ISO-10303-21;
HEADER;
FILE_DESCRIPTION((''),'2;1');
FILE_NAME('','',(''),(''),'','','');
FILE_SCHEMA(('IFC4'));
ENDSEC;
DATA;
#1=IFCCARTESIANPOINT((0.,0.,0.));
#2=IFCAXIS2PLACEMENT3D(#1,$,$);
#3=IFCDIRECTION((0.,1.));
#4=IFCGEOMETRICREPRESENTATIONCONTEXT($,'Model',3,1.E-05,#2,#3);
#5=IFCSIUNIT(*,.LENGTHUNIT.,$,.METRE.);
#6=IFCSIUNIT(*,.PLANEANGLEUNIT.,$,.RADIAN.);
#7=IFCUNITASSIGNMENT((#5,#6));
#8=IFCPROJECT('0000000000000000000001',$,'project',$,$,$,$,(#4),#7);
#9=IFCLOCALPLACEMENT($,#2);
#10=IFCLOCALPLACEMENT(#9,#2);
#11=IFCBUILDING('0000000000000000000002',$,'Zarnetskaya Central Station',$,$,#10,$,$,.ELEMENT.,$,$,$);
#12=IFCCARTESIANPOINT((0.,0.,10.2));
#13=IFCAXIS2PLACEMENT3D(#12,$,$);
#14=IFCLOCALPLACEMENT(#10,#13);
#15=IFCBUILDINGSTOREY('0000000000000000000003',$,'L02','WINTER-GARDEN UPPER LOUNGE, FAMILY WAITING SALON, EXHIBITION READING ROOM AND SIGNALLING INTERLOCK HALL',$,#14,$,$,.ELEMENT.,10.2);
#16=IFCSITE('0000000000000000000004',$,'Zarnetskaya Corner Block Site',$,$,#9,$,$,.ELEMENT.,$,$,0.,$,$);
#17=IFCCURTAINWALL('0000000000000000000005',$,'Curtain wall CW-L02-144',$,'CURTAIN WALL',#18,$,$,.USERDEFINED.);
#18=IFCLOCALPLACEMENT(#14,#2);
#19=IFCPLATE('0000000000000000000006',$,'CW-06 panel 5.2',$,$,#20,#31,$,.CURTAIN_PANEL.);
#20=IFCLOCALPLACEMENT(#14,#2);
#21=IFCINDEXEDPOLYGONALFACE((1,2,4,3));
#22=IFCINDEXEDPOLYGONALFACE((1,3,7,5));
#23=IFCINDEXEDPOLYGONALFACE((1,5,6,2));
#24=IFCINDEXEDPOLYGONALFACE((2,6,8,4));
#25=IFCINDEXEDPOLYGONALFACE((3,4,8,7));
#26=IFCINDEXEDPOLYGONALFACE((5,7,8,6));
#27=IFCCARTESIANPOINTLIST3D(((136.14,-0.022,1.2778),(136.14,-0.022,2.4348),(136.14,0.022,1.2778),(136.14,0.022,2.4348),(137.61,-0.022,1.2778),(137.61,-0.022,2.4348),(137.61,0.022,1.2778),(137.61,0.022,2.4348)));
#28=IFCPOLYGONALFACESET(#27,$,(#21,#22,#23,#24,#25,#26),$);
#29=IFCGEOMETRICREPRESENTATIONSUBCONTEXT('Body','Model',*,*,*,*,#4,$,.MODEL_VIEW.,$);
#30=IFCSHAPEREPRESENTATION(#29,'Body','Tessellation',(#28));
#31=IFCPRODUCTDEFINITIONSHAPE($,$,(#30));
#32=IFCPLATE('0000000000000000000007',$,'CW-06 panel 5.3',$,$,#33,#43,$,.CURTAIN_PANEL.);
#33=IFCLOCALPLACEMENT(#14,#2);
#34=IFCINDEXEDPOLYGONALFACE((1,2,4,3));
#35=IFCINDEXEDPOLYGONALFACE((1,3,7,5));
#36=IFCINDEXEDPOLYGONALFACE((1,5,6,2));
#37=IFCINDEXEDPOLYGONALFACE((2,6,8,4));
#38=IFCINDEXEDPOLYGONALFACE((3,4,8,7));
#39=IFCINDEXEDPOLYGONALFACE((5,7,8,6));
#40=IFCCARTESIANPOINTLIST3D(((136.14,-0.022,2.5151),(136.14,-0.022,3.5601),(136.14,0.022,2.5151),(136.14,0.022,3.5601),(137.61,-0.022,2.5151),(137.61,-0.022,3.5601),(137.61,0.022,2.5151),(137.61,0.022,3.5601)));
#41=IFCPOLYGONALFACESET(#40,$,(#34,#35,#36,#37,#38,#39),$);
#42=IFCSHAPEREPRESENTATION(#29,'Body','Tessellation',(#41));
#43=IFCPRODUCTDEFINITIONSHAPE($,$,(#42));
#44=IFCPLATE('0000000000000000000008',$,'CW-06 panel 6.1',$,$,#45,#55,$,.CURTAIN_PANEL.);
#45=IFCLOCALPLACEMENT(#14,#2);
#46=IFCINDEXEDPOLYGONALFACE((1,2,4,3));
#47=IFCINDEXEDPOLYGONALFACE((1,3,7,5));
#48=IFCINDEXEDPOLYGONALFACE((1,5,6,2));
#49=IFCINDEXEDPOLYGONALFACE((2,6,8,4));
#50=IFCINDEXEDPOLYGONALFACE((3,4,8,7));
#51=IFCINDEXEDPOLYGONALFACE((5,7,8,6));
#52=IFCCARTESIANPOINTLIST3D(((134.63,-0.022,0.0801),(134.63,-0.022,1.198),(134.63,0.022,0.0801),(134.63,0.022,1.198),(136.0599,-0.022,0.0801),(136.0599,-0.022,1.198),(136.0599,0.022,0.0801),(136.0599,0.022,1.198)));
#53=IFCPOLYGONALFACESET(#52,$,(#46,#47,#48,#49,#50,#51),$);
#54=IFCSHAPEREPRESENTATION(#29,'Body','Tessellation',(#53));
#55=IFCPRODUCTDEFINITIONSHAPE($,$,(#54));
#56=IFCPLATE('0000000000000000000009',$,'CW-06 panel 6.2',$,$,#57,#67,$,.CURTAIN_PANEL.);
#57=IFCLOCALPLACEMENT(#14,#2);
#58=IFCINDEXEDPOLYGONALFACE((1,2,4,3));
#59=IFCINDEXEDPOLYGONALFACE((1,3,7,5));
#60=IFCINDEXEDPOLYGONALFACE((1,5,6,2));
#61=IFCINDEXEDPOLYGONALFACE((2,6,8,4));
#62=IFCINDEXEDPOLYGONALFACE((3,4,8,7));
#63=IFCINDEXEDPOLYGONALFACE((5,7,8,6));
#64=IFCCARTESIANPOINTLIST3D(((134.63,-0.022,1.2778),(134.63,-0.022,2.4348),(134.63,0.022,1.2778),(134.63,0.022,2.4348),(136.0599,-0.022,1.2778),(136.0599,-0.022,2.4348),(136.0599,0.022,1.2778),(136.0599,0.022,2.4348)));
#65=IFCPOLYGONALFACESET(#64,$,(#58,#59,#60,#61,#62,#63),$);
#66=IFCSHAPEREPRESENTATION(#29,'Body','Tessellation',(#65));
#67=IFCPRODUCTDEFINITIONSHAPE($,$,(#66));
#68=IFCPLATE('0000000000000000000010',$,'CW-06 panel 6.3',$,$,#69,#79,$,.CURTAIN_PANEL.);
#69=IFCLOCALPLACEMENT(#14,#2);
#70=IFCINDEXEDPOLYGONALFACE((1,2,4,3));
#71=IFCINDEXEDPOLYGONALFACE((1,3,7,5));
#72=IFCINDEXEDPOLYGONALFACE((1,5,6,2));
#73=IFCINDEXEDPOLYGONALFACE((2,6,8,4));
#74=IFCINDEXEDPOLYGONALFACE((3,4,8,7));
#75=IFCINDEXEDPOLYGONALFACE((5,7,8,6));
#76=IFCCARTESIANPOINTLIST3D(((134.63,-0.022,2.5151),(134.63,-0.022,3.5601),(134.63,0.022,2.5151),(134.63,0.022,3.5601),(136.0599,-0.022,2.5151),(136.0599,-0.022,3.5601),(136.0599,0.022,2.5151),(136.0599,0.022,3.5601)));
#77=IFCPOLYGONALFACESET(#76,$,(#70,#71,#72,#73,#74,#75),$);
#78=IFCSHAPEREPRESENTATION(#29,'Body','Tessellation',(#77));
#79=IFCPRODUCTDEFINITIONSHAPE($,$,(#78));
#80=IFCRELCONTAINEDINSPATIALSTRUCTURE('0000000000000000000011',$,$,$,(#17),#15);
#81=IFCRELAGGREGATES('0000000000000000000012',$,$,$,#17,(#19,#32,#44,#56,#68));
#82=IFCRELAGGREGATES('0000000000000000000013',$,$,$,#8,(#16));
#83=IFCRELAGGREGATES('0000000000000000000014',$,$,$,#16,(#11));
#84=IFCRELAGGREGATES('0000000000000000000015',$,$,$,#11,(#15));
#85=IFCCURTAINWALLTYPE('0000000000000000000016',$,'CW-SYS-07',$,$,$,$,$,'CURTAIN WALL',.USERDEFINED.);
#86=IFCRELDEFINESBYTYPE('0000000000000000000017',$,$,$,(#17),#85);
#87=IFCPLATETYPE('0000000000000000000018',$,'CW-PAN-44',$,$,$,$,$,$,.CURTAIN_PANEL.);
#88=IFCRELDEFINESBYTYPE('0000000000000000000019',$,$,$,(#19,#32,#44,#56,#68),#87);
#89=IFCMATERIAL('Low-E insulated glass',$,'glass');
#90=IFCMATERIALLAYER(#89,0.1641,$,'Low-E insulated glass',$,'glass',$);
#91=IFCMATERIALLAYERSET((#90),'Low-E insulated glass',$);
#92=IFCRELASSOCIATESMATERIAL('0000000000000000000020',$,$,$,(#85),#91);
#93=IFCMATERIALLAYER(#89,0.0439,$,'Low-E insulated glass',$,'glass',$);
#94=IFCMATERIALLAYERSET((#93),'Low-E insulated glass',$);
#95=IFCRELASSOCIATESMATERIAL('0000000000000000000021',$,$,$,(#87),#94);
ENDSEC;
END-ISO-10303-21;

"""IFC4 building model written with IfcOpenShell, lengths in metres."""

from ifc_helpers import new_model, si_unit, direction, frame, origin, origin_2d, place, context, subcontext, project, spatial, rectangle, extrude, material, layer, layer_set, type_object, element, aggregate, save


model = new_model("IFC4")

# Units and contexts
model_context = context("Model", 3, precision=1e-05, world=origin(), true_north=direction((0.0, 1.0)))
body_context = subcontext(model_context, "Body", "Model", "MODEL_VIEW")
ifc_project = project(units=[si_unit("LENGTHUNIT", "METRE"), si_unit("PLANEANGLEUNIT", "RADIAN")], contexts=[model_context])

# Site, building, storey
site_placement = place(None, origin())
site = spatial("IfcSite", under=ifc_project, at=site_placement, Name="Zarnetskaya Corner Block Site", CompositionType="ELEMENT", RefElevation=0.0)
building_placement = place(site_placement, origin())
building = spatial("IfcBuilding", under=site, at=building_placement, Name="Zarnetskaya Central Station", CompositionType="ELEMENT")
storey_placement = place(building_placement, frame((0.0, 0.0, 10.2)))
storey = spatial("IfcBuildingStorey", under=building, at=storey_placement, Name="L02", Description="WINTER-GARDEN UPPER LOUNGE, FAMILY WAITING SALON, EXHIBITION READING ROOM AND SIGNALLING INTERLOCK HALL", CompositionType="ELEMENT", Elevation=10.2)

# Shared definitions
ifc_material_1 = material(Name="Low-E insulated glass", Category="glass")
ifc_layer_1 = layer(ifc_material_1, 0.1641, Name="Low-E insulated glass", Category="glass")
ifc_layer_set_1 = layer_set([ifc_layer_1], Name="Low-E insulated glass")
curtain_wall_type = type_object("IfcCurtainWallType", Name="CW-SYS-07", ElementType="CURTAIN WALL", PredefinedType="USERDEFINED", material=ifc_layer_set_1)

# Curtain wall
curtain_wall_1_placement = place(storey_placement, origin())
curtain_wall_1 = element("IfcCurtainWall", 1, at=curtain_wall_1_placement, inside=storey, type_object=curtain_wall_type, Name="Curtain wall CW-L02-144", ObjectType="CURTAIN WALL", PredefinedType="USERDEFINED")

# Plates
ifc_layer_2 = layer(ifc_material_1, 0.0439, Name="Low-E insulated glass", Category="glass")
ifc_layer_set_2 = layer_set([ifc_layer_2], Name="Low-E insulated glass")
plate_type = type_object("IfcPlateType", Name="CW-PAN-44", PredefinedType="CURTAIN_PANEL", material=ifc_layer_set_2)
plate_1_placement = place(storey_placement, frame((136.875, 0.0, 1.2778), z_axis=(0.0, 0.0, 1.0), x_axis=(-1.0, 0.0, 0.0)))
plate_1 = element("IfcPlate", 2, at=plate_1_placement, type_object=plate_type, Name="CW-06 panel 5.2", PredefinedType="CURTAIN_PANEL", context=body_context, shape_type="SweptSolid", body=[
    extrude(rectangle(XDim=1.47, YDim=0.0439, at=origin_2d()), origin(), (0.0, 0.0, 1.0), 1.157),
])
plate_2_placement = place(storey_placement, frame((136.875, 0.0, 2.5151), z_axis=(0.0, 0.0, 1.0), x_axis=(-1.0, 0.0, 0.0)))
plate_2 = element("IfcPlate", 3, at=plate_2_placement, type_object=plate_type, Name="CW-06 panel 5.3", PredefinedType="CURTAIN_PANEL", context=body_context, shape_type="SweptSolid", body=[
    extrude(rectangle(XDim=1.47, YDim=0.0439, at=origin_2d()), origin(), (0.0, 0.0, 1.0), 1.0449),
])
plate_3_placement = place(storey_placement, frame((135.345, 0.0, 0.0801), z_axis=(0.0, 0.0, 1.0), x_axis=(-1.0, 0.0, 0.0)))
plate_3 = element("IfcPlate", 4, at=plate_3_placement, type_object=plate_type, Name="CW-06 panel 6.1", PredefinedType="CURTAIN_PANEL", context=body_context, shape_type="SweptSolid", body=[
    extrude(rectangle(XDim=1.4299, YDim=0.0439, at=origin_2d()), origin(), (0.0, 0.0, 1.0), 1.1179),
])
plate_4_placement = place(storey_placement, frame((135.345, 0.0, 1.2778), z_axis=(0.0, 0.0, 1.0), x_axis=(-1.0, 0.0, 0.0)))
plate_4 = element("IfcPlate", 5, at=plate_4_placement, type_object=plate_type, Name="CW-06 panel 6.2", PredefinedType="CURTAIN_PANEL", context=body_context, shape_type="SweptSolid", body=[
    extrude(rectangle(XDim=1.4299, YDim=0.0439, at=origin_2d()), origin(), (0.0, 0.0, 1.0), 1.157),
])
plate_5_placement = place(storey_placement, frame((135.345, 0.0, 2.5151), z_axis=(0.0, 0.0, 1.0), x_axis=(-1.0, 0.0, 0.0)))
plate_5 = element("IfcPlate", 6, at=plate_5_placement, type_object=plate_type, Name="CW-06 panel 6.3", PredefinedType="CURTAIN_PANEL", context=body_context, shape_type="SweptSolid", body=[
    extrude(rectangle(XDim=1.4299, YDim=0.0439, at=origin_2d()), origin(), (0.0, 0.0, 1.0), 1.0449),
])
aggregate(curtain_wall_1, [plate_1, plate_2, plate_3, plate_4, plate_5])

save(model, "model.ifc")
